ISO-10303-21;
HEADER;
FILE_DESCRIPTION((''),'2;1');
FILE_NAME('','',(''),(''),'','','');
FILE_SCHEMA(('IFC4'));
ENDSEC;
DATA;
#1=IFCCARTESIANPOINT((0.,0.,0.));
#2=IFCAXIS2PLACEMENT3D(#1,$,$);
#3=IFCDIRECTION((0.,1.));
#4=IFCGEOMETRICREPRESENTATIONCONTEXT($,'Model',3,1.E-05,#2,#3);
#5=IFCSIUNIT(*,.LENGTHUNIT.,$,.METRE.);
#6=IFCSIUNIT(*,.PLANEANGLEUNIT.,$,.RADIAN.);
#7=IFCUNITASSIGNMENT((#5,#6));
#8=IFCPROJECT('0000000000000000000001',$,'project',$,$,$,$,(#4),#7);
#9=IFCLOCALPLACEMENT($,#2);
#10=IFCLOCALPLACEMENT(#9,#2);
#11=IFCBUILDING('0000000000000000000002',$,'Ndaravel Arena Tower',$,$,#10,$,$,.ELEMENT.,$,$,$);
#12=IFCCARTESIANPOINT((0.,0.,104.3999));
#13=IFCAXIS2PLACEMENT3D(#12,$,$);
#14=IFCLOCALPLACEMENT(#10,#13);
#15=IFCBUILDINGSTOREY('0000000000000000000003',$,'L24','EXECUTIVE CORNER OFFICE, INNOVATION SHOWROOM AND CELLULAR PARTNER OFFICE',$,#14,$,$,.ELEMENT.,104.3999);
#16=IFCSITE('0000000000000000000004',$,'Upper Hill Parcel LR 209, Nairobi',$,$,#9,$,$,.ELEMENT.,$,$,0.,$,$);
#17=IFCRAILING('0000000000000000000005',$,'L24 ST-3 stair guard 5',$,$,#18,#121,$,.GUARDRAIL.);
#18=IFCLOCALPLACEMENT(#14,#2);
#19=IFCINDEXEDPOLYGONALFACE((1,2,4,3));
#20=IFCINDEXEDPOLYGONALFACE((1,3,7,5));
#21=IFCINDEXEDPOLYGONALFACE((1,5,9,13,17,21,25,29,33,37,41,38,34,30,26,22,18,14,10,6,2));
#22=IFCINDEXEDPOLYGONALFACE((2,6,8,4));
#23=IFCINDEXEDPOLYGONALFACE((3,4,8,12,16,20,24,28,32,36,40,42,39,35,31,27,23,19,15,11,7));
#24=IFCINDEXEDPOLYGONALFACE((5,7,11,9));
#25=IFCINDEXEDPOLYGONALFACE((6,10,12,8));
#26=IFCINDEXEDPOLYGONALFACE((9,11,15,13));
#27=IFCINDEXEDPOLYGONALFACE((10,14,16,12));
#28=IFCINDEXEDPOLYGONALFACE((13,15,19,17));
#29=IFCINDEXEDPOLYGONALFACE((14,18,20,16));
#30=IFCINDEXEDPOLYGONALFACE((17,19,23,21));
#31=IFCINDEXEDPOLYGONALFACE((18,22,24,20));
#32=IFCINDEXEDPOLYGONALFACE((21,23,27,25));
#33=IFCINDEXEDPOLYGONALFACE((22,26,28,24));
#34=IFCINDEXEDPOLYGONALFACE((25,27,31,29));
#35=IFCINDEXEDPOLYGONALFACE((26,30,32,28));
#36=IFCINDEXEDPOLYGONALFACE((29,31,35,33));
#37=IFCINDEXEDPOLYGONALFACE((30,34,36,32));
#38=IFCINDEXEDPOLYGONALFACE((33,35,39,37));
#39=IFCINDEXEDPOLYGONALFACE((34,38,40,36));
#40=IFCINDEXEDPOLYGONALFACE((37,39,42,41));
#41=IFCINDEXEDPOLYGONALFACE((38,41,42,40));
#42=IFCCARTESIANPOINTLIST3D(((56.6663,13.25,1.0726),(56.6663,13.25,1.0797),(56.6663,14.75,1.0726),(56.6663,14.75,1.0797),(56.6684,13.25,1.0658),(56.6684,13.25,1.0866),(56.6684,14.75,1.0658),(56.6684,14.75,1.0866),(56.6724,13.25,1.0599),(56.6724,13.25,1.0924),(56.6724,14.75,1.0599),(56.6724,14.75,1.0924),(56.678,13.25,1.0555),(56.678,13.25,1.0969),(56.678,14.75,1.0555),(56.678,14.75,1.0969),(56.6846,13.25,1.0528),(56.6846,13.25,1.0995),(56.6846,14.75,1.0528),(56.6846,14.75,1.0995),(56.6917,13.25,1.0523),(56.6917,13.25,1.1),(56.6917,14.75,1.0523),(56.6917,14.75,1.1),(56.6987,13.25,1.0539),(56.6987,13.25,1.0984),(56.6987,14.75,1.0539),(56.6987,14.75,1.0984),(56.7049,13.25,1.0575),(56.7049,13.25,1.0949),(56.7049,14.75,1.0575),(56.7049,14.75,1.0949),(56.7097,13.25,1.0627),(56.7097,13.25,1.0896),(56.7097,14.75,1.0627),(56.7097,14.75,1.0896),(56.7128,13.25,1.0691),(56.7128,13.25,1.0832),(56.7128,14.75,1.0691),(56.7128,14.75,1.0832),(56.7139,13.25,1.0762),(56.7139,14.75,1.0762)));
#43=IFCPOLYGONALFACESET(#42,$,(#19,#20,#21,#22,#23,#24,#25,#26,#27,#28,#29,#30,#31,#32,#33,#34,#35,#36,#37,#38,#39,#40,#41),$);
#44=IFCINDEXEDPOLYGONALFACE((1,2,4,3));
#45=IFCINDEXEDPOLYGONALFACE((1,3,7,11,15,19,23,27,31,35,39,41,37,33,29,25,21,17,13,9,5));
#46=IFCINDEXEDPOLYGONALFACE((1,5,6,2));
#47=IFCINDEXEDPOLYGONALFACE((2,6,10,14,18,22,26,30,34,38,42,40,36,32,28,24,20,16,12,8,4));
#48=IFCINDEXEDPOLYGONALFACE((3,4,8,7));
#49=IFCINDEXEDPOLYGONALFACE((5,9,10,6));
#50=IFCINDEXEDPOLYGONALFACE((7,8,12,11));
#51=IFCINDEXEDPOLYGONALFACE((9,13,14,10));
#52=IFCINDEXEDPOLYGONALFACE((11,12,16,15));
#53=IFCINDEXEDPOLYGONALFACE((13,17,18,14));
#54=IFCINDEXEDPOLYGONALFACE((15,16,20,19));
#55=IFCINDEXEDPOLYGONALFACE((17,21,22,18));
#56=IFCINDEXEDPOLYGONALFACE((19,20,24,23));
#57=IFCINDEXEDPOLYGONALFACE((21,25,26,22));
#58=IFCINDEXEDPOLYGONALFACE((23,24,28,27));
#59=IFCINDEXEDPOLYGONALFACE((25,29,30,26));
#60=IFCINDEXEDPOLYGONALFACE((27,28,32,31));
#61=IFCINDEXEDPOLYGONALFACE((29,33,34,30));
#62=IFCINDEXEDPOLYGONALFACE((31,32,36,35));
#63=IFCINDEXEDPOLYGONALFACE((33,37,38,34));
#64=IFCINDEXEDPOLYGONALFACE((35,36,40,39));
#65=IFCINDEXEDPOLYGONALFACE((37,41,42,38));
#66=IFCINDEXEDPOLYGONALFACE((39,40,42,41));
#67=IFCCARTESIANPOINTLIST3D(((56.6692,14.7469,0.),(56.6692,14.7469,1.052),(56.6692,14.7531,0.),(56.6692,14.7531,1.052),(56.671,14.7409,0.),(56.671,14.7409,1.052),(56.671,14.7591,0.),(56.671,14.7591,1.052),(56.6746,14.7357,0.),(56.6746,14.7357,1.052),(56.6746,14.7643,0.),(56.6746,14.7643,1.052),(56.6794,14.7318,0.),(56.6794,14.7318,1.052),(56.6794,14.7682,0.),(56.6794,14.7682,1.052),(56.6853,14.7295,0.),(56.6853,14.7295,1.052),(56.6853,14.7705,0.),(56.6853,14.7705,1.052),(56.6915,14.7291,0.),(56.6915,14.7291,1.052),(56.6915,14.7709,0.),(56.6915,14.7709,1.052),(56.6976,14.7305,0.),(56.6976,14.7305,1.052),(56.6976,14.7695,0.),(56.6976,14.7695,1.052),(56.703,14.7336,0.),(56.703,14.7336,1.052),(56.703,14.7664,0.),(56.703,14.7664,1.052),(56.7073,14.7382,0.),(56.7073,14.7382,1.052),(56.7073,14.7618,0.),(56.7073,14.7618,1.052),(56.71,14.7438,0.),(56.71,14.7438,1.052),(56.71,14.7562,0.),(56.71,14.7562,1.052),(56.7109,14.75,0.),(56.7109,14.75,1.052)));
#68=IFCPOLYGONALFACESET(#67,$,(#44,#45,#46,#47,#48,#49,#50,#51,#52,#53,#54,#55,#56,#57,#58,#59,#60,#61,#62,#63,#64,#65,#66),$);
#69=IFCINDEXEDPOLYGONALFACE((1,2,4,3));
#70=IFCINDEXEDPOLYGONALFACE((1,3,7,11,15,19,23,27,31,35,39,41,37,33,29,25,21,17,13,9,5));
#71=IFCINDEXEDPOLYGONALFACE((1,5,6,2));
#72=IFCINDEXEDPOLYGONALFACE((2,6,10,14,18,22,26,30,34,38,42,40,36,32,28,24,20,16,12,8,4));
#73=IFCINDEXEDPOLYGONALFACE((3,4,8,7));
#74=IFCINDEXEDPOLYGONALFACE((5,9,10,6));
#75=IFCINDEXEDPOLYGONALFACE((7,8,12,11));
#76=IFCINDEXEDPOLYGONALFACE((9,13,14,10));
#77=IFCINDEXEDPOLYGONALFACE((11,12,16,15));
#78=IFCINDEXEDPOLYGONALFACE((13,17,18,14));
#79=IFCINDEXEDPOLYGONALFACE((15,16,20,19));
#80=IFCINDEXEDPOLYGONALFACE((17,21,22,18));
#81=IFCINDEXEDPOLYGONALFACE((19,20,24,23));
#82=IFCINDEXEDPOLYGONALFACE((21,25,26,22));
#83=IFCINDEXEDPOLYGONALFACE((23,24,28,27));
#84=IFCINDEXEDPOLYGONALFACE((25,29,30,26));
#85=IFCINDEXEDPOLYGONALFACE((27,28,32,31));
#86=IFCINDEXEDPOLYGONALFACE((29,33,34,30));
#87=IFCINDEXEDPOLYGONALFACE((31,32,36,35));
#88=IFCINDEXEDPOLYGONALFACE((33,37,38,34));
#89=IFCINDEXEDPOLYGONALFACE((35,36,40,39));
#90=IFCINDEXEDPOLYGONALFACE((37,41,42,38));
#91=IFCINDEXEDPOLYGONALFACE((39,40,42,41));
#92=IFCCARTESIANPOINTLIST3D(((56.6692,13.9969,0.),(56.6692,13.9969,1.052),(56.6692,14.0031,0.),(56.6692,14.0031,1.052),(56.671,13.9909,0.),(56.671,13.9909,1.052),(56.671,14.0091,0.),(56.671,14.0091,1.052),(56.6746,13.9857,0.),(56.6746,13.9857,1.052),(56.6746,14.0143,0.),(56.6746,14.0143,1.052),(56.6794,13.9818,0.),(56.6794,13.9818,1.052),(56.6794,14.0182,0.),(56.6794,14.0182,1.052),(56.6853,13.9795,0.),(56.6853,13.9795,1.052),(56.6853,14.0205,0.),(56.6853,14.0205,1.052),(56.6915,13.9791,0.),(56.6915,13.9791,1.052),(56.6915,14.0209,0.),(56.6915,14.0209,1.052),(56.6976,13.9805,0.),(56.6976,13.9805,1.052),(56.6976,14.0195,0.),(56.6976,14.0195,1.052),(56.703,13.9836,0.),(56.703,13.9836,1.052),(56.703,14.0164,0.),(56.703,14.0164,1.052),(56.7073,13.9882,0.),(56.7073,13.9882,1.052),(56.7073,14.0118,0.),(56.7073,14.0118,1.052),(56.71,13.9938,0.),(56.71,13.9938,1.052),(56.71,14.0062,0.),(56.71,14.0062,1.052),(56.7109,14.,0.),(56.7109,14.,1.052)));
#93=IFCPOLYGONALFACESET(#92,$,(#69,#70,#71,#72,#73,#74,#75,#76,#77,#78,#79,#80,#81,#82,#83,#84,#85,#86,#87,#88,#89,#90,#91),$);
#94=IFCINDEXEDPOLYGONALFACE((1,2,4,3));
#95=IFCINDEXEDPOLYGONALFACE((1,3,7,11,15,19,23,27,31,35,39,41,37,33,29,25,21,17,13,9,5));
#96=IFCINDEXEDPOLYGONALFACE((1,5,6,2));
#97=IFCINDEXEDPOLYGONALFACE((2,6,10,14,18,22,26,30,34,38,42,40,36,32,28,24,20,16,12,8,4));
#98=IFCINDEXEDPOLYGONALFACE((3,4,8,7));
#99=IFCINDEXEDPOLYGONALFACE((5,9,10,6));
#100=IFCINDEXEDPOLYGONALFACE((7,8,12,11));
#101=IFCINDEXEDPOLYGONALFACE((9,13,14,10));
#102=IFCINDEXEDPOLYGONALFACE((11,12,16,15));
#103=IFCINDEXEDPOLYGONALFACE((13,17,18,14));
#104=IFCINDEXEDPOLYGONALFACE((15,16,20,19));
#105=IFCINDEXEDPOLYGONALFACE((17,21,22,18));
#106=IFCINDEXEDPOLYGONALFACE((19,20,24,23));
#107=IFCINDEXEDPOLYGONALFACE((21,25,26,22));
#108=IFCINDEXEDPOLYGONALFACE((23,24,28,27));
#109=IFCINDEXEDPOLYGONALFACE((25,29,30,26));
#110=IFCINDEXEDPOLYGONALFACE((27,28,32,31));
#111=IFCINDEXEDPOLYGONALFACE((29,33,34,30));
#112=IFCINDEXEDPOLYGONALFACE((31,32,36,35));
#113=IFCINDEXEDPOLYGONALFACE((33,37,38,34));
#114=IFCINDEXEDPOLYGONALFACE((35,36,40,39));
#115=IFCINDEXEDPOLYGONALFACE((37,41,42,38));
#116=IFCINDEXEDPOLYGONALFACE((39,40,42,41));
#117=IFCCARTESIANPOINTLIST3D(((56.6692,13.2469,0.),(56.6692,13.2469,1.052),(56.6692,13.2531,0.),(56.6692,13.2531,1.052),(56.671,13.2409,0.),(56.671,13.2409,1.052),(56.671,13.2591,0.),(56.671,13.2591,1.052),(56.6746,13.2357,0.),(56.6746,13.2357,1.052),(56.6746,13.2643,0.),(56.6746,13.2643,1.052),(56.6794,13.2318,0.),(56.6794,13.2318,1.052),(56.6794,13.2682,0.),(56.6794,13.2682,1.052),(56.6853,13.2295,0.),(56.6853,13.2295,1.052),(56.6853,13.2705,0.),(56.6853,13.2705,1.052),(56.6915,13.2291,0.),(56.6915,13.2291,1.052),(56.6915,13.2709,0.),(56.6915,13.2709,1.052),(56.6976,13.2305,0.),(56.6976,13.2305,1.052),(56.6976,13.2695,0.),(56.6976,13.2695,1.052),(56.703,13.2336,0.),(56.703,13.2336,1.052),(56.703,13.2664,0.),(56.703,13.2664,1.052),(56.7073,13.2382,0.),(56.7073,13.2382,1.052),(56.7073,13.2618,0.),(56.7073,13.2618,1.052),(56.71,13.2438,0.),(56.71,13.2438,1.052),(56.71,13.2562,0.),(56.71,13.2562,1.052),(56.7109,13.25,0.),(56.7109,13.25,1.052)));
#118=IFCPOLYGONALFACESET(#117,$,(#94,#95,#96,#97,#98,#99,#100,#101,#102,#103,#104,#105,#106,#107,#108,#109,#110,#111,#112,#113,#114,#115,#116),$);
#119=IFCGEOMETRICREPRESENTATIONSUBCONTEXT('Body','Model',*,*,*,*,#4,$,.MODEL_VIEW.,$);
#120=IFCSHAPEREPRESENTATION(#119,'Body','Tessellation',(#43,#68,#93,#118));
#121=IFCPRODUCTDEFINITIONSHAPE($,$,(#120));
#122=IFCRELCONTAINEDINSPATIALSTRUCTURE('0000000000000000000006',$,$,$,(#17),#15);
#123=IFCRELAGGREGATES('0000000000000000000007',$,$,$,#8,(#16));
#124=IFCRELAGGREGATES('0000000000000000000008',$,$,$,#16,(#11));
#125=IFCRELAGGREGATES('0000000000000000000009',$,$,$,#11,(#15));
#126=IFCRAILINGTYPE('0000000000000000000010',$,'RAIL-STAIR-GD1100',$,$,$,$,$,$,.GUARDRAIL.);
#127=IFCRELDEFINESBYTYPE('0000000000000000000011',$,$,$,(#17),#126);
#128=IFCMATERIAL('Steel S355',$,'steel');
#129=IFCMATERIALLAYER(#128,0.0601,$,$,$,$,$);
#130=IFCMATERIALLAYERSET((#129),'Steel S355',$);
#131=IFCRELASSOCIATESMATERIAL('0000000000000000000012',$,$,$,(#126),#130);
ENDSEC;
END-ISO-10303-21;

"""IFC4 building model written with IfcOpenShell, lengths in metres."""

from ifc_helpers import new_model, si_unit, direction, frame, origin, origin_2d, place, context, subcontext, project, spatial, circle, extrude, material, layer, layer_set, type_object, element, save


model = new_model("IFC4")

# Units and contexts
model_context = context("Model", 3, precision=1e-05, world=origin(), true_north=direction((0.0, 1.0)))
body_context = subcontext(model_context, "Body", "Model", "MODEL_VIEW")
ifc_project = project(units=[si_unit("LENGTHUNIT", "METRE"), si_unit("PLANEANGLEUNIT", "RADIAN")], contexts=[model_context])

# Site, building, storey
site_placement = place(None, origin())
site = spatial("IfcSite", under=ifc_project, at=site_placement, Name="Upper Hill Parcel LR 209, Nairobi", CompositionType="ELEMENT", RefElevation=0.0)
building_placement = place(site_placement, origin())
building = spatial("IfcBuilding", under=site, at=building_placement, Name="Ndaravel Arena Tower", CompositionType="ELEMENT")
storey_placement = place(building_placement, frame((0.0, 0.0, 104.3999)))
storey = spatial("IfcBuildingStorey", under=building, at=storey_placement, Name="L24", Description="EXECUTIVE CORNER OFFICE, INNOVATION SHOWROOM AND CELLULAR PARTNER OFFICE", CompositionType="ELEMENT", Elevation=104.3999)

# Railing
ifc_material_1 = material(Name="Steel S355", Category="steel")
ifc_layer_1 = layer(ifc_material_1, 0.0601)
ifc_layer_set_1 = layer_set([ifc_layer_1], Name="Steel S355")
railing_type = type_object("IfcRailingType", Name="RAIL-STAIR-GD1100", PredefinedType="GUARDRAIL", material=ifc_layer_set_1)
for number, where, name in (
    (1, (56.6899, 14.75, 0.0), "L24 ST-3 stair guard 5"),
):
    element("IfcRailing", number, at=place(storey_placement, frame(where)), inside=storey, type_object=railing_type, Name=name, PredefinedType="GUARDRAIL", context=body_context, shape_type="SweptSolid", body=[
        extrude(circle(Radius=0.0239, at=origin_2d()), frame((0.0, 0.0, 1.0762), z_axis=(0.0, -1.0, 0.0), x_axis=(1.0, 0.0, 0.0)), (0.0, 0.0, 1.0), 1.5),
        extrude(circle(Radius=0.021, at=origin_2d()), origin(), (0.0, 0.0, 1.0), 1.052),
        extrude(circle(Radius=0.021, at=origin_2d()), frame((0.0, -0.75, 0.0)), (0.0, 0.0, 1.0), 1.052),
        extrude(circle(Radius=0.021, at=origin_2d()), frame((0.0, -1.5, 0.0)), (0.0, 0.0, 1.0), 1.052),
    ])

save(model, "model.ifc")
